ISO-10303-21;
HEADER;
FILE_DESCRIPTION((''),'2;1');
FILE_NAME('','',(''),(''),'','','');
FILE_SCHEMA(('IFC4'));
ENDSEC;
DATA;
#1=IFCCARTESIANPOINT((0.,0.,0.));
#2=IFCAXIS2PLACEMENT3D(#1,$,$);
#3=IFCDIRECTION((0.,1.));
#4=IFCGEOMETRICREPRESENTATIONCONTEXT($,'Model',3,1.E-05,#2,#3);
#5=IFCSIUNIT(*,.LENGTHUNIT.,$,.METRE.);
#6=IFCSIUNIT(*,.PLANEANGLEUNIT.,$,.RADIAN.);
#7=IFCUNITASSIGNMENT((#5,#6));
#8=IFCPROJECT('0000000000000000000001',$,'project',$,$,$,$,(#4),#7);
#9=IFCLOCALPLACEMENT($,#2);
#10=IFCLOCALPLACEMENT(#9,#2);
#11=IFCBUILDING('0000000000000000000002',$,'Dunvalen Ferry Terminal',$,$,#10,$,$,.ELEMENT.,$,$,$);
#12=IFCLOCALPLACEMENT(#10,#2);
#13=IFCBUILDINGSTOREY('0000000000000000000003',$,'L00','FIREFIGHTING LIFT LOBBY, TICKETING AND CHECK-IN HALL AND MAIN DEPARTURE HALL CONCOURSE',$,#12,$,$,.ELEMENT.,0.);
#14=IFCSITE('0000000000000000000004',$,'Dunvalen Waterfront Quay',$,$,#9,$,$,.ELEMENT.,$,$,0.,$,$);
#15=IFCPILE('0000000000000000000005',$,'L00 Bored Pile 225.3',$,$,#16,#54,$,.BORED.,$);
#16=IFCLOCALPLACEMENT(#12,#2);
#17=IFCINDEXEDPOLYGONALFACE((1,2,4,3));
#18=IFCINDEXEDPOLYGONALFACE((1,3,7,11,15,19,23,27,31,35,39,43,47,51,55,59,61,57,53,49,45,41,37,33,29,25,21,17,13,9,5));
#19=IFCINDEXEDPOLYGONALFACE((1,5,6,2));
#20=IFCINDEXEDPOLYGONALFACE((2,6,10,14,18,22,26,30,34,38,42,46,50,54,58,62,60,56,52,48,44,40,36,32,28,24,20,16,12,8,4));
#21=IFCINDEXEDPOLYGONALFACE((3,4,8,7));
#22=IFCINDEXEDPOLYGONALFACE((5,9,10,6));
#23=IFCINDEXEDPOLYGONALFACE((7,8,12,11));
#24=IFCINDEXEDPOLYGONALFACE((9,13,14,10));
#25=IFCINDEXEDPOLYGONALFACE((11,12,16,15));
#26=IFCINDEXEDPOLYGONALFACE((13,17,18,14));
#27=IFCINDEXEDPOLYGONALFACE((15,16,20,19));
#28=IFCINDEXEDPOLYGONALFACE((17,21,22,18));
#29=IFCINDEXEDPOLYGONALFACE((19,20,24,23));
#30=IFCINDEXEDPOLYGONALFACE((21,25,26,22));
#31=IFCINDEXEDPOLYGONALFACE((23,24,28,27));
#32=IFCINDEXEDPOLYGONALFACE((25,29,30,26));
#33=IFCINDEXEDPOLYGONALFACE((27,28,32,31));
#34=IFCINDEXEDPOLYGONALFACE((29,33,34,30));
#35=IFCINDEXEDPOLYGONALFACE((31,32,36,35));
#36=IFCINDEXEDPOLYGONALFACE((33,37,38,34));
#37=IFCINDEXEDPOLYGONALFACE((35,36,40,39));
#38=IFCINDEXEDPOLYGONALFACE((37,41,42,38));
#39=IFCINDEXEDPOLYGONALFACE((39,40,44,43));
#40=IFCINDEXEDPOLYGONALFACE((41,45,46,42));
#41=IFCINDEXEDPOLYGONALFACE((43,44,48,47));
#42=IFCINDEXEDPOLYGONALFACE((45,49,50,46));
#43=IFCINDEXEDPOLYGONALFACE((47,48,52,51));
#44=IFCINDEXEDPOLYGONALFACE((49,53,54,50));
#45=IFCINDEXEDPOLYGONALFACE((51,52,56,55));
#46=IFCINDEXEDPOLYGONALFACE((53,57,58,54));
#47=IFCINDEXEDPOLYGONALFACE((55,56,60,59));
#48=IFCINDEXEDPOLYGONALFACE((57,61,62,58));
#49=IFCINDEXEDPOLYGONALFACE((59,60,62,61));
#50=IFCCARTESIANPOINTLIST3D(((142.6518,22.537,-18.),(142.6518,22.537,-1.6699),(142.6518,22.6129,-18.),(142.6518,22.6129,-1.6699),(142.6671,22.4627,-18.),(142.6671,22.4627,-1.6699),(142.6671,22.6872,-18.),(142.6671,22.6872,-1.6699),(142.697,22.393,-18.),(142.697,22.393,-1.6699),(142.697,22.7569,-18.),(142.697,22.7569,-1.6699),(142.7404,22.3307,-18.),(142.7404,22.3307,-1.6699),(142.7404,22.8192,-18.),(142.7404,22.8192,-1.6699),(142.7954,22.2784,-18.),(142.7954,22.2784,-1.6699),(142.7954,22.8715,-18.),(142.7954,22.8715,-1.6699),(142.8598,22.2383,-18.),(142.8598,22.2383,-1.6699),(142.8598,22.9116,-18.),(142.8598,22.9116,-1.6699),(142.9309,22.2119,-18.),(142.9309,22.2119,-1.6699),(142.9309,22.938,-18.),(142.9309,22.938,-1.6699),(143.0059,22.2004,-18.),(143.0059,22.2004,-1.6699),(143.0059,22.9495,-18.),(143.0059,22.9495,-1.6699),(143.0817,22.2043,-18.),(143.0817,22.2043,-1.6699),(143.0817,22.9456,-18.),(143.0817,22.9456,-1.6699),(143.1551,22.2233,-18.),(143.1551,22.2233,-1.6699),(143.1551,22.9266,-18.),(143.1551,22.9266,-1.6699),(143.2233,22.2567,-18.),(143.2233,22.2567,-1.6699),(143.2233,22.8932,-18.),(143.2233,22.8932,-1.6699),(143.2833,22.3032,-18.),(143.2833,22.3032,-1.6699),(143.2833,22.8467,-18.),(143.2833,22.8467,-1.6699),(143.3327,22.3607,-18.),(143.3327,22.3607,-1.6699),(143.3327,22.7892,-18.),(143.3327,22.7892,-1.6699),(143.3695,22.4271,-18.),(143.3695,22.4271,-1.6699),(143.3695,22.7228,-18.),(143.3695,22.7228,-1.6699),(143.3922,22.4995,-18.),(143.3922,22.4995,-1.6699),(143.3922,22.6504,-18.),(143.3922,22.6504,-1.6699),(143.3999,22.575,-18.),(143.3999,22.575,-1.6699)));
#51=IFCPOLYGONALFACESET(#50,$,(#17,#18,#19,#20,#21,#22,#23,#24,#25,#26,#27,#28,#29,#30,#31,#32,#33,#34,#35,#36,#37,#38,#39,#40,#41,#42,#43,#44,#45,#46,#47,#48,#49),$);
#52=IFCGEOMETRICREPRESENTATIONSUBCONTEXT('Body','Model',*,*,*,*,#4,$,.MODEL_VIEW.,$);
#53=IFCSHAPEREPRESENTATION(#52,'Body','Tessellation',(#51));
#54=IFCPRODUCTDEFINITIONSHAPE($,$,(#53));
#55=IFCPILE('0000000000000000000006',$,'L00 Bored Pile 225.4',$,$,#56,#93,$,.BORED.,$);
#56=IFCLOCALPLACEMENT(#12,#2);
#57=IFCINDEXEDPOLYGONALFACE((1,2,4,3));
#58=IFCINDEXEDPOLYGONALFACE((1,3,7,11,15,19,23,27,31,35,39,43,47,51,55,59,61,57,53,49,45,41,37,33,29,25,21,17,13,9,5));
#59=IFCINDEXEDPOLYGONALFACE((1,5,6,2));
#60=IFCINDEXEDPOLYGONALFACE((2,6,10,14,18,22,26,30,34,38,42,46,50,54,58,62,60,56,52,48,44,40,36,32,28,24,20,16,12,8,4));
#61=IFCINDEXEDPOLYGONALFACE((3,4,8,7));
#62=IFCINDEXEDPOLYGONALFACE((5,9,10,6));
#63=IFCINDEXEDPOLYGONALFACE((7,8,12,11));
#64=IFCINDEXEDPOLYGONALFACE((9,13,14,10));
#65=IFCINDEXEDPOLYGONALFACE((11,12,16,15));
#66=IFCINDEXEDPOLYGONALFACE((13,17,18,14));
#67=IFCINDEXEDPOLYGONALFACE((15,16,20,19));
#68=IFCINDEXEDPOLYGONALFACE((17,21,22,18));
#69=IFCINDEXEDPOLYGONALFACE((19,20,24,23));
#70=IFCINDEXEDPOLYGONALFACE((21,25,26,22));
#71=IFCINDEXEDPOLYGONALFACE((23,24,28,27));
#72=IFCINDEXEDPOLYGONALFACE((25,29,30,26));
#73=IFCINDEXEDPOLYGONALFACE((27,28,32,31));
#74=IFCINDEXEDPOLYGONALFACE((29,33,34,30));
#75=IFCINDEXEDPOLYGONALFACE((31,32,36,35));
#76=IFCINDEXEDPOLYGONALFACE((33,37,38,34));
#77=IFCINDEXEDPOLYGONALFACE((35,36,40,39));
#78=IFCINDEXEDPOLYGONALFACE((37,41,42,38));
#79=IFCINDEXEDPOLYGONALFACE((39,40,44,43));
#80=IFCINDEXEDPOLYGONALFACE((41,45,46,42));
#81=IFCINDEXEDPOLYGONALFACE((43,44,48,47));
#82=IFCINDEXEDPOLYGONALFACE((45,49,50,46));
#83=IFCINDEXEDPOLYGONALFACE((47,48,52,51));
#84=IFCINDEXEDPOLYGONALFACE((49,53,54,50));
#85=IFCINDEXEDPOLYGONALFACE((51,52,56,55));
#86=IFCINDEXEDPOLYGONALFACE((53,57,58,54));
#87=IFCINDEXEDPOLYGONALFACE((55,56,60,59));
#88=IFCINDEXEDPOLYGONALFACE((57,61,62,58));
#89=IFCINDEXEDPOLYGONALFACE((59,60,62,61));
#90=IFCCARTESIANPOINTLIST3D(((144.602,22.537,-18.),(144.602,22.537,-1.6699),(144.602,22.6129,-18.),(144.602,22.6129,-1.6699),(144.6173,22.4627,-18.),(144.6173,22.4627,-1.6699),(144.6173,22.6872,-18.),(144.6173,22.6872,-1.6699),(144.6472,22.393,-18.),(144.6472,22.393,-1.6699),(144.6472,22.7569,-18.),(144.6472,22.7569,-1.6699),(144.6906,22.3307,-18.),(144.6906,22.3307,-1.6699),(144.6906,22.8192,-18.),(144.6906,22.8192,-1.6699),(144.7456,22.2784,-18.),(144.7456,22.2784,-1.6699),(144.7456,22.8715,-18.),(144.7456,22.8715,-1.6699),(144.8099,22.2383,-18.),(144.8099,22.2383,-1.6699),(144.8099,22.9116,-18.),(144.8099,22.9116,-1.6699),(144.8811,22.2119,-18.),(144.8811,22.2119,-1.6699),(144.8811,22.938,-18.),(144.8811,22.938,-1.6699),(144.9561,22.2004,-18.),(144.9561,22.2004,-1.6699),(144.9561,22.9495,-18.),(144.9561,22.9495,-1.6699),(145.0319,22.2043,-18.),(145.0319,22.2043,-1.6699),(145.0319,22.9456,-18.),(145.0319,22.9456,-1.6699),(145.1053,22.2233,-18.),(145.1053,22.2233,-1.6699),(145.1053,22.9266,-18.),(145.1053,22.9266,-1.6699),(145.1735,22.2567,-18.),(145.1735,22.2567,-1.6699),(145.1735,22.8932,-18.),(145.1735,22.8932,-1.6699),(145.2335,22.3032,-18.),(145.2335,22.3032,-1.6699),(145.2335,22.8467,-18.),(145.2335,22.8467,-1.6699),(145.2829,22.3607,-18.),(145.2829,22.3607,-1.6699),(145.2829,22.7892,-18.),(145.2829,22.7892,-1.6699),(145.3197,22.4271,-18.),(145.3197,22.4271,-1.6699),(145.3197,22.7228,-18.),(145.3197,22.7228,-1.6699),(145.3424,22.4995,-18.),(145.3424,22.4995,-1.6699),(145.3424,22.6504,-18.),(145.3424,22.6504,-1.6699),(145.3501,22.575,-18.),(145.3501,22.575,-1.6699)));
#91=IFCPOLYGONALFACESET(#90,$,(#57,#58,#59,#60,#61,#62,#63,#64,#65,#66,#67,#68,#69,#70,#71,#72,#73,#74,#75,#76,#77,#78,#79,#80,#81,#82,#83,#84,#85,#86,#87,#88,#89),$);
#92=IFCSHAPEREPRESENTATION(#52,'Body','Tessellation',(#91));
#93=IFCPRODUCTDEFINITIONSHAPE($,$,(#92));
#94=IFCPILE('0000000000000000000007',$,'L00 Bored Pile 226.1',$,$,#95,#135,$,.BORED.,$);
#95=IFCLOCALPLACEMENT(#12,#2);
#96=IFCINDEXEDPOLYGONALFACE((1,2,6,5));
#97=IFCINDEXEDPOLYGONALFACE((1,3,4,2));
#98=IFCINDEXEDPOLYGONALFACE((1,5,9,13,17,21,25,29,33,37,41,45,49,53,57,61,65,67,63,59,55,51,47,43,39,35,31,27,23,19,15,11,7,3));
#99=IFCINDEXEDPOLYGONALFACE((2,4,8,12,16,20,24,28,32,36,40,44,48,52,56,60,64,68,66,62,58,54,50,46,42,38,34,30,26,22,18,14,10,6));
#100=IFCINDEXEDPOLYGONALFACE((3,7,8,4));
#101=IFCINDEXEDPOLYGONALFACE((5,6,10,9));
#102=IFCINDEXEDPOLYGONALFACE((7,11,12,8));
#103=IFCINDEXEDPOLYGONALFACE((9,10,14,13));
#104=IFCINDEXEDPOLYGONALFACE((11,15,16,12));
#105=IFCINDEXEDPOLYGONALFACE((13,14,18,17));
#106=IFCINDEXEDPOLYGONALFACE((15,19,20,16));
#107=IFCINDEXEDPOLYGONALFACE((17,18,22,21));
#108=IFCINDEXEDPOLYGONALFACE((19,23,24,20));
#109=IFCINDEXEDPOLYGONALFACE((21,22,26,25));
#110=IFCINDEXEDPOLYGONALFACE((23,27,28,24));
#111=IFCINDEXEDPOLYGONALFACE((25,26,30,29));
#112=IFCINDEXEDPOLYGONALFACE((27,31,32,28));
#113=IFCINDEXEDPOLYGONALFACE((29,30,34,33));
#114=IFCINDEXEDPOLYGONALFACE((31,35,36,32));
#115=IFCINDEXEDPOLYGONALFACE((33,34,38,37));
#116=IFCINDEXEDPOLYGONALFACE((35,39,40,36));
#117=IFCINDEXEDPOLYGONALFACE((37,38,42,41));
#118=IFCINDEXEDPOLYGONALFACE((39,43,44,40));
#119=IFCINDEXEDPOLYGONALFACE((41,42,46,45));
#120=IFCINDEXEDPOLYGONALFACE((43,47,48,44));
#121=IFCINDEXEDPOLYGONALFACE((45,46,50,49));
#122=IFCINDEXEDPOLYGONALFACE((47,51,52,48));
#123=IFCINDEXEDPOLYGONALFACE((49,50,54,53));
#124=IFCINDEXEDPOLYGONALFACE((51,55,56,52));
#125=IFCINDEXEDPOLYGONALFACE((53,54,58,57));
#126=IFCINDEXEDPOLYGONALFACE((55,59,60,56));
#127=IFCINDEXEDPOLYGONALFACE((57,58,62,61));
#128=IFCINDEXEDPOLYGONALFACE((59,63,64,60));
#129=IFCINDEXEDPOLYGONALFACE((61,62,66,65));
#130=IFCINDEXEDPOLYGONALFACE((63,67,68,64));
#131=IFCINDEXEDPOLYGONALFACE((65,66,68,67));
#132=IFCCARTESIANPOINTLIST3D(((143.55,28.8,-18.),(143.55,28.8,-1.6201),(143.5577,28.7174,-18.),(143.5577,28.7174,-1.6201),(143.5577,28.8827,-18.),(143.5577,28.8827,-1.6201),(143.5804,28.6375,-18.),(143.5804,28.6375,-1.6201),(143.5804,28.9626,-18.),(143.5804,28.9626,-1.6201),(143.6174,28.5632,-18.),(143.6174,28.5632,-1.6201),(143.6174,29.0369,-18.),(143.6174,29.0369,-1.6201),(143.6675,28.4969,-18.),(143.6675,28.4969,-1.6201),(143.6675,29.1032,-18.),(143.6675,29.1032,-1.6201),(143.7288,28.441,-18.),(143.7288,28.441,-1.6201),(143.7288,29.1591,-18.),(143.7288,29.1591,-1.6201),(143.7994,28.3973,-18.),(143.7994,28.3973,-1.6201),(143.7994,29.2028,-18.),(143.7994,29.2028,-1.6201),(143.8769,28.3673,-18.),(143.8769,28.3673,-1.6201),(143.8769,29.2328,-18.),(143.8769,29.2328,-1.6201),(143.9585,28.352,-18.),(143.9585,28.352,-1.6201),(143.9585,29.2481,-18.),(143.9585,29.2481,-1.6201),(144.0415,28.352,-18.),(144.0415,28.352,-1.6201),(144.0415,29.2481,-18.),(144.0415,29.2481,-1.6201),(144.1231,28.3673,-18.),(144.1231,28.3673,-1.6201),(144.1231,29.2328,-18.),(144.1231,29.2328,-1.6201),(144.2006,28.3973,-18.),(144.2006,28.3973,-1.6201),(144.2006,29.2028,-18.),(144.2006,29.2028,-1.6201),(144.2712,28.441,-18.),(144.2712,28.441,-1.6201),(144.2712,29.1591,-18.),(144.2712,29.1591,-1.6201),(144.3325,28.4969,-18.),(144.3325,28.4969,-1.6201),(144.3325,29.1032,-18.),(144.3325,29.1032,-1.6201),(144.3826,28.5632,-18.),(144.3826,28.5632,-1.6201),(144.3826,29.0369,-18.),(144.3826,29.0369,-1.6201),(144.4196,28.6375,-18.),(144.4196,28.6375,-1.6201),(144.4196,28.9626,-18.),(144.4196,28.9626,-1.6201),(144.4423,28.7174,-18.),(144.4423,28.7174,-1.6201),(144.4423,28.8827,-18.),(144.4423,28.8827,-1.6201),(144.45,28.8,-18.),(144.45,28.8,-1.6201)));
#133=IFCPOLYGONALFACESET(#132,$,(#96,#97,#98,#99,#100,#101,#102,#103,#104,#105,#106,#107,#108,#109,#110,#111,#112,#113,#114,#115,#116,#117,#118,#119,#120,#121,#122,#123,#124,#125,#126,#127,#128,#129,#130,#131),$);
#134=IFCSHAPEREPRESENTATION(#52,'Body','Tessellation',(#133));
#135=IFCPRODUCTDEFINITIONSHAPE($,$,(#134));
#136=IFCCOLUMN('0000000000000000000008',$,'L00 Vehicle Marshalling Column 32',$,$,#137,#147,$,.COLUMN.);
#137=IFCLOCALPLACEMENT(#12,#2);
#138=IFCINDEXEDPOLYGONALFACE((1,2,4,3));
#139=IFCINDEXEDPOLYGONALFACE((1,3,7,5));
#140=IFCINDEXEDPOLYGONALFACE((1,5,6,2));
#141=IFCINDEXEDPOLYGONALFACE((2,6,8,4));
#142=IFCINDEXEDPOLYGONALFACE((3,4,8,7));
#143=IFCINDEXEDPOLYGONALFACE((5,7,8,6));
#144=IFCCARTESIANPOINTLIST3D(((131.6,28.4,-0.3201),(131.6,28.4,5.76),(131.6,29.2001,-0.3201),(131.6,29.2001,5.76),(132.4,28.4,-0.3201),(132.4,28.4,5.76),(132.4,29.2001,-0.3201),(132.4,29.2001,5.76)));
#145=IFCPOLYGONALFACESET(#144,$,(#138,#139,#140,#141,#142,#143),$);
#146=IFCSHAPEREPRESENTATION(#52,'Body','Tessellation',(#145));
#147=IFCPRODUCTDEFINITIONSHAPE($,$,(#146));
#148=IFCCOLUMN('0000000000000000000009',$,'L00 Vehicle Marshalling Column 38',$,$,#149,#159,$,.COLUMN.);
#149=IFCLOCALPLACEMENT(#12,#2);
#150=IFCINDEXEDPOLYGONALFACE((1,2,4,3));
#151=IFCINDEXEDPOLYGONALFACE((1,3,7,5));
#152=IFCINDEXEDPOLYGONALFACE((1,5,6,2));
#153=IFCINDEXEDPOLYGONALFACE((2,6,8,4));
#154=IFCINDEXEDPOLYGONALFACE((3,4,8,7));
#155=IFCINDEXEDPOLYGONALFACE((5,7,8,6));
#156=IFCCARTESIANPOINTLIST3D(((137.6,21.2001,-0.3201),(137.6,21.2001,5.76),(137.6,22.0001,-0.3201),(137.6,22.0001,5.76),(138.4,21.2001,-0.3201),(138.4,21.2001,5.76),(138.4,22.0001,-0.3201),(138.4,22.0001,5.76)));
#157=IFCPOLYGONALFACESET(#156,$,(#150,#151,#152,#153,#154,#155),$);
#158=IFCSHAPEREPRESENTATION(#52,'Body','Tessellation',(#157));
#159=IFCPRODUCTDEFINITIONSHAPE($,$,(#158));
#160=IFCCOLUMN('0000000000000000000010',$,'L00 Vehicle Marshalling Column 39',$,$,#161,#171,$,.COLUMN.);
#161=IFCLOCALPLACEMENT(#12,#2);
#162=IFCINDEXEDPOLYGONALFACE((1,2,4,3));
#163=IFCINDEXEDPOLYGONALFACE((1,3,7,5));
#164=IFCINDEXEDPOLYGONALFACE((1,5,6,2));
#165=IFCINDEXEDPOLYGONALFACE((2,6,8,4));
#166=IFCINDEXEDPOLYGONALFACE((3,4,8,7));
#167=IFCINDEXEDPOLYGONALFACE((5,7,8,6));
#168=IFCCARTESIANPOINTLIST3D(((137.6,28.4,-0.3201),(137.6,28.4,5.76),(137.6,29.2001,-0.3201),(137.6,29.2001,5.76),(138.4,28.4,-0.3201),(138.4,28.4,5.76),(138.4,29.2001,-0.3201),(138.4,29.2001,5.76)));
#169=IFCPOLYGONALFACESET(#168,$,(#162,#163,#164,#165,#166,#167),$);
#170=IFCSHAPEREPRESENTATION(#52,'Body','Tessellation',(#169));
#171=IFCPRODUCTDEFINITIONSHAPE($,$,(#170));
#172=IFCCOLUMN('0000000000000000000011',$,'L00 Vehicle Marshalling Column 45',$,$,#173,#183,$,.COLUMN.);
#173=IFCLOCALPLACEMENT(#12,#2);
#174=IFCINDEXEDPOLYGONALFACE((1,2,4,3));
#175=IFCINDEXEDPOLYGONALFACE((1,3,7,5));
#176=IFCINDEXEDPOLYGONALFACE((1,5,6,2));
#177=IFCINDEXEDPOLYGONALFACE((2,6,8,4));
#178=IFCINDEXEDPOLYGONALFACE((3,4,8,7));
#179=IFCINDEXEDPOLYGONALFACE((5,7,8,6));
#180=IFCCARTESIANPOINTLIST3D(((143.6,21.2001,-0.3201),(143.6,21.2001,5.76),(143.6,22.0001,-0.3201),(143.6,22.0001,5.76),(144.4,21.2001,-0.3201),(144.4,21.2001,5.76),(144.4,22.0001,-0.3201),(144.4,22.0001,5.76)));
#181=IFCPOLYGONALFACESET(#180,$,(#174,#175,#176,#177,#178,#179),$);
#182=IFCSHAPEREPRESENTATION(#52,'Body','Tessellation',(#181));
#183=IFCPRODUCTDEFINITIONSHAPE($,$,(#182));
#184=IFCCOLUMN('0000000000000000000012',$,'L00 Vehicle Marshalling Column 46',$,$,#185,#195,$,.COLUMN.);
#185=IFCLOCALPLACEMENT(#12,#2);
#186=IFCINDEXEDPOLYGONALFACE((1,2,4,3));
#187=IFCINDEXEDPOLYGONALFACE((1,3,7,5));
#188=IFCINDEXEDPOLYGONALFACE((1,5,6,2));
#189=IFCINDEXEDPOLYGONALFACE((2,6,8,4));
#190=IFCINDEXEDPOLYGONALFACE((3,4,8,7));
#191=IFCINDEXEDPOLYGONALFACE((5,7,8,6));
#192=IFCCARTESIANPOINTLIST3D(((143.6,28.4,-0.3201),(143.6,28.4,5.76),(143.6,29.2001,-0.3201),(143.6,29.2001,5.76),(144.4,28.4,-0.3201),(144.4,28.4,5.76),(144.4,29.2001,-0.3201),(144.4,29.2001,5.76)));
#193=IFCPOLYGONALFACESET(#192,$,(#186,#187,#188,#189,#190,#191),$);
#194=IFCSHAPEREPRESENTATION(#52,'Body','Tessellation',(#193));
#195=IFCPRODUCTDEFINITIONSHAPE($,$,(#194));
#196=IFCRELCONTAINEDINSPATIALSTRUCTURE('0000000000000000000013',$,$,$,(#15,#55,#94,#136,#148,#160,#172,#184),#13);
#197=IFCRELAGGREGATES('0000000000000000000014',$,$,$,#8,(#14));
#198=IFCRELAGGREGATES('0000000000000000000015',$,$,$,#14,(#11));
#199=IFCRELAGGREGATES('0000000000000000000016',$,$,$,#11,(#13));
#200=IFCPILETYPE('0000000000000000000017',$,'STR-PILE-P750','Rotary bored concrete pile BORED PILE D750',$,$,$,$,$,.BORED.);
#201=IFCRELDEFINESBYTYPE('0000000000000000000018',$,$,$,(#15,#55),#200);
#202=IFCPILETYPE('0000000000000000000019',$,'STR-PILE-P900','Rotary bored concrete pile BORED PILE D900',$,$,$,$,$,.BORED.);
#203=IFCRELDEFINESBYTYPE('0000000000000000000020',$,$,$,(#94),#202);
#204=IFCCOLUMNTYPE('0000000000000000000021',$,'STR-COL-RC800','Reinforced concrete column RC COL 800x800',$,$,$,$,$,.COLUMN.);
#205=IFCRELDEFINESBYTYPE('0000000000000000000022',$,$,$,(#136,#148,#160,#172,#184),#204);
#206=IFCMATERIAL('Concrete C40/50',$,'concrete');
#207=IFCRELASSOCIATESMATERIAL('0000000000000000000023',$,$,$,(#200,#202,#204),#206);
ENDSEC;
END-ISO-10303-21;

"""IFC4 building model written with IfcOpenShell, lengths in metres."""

from ifc_helpers import new_model, si_unit, direction, frame, origin, origin_2d, place, context, subcontext, project, spatial, rectangle, circle, extrude, material, material_profile, profile_set, type_object, element, save


model = new_model("IFC4")

# Units and contexts
model_context = context("Model", 3, precision=1e-05, world=origin(), true_north=direction((0.0, 1.0)))
body_context = subcontext(model_context, "Body", "Model", "MODEL_VIEW")
ifc_project = project(units=[si_unit("LENGTHUNIT", "METRE"), si_unit("PLANEANGLEUNIT", "RADIAN")], contexts=[model_context])

# Site, building, storey
site_placement = place(None, origin())
site = spatial("IfcSite", under=ifc_project, at=site_placement, Name="Dunvalen Waterfront Quay", CompositionType="ELEMENT", RefElevation=0.0)
building_placement = place(site_placement, origin())
building = spatial("IfcBuilding", under=site, at=building_placement, Name="Dunvalen Ferry Terminal", CompositionType="ELEMENT")
storey_placement = place(building_placement, origin())
storey = spatial("IfcBuildingStorey", under=building, at=storey_placement, Name="L00", Description="FIREFIGHTING LIFT LOBBY, TICKETING AND CHECK-IN HALL AND MAIN DEPARTURE HALL CONCOURSE", CompositionType="ELEMENT", Elevation=0.0)

# Shared definitions
ifc_material = material(Name="Concrete C40/50", Category="concrete")

# Piles
ifc_material_profile_1 = material_profile(ifc_material, circle(Radius=0.375, at=origin_2d()), Name="Concrete C40/50")
ifc_profile_set_1 = profile_set([ifc_material_profile_1], Name="Concrete C40/50")
pile_type_1 = type_object("IfcPileType", Name="STR-PILE-P750", Description="Rotary bored concrete pile BORED PILE D750", PredefinedType="BORED", material=ifc_profile_set_1)
for number, where, z_axis, x_axis, name in (
    (1, (143.0249, 22.575, -1.6699), (0.0, 0.0, -1.0), (1.0, 0.0, 0.0), "L00 Bored Pile 225.3"),
    (2, (144.9751, 22.575, -1.6699), (0.0, 0.0, -1.0), (1.0, 0.0, 0.0), "L00 Bored Pile 225.4"),
):
    element("IfcPile", number, at=place(storey_placement, frame(where, z_axis=z_axis, x_axis=x_axis)), inside=storey, type_object=pile_type_1, Name=name, PredefinedType="BORED", context=body_context, shape_type="SweptSolid", body=[
        extrude(circle(Radius=0.375, at=origin_2d()), origin(), (0.0, 0.0, 1.0), 16.3301),
    ])
ifc_material_profile_2 = material_profile(ifc_material, circle(Radius=0.45, at=origin_2d()), Name="Concrete C40/50")
ifc_profile_set_2 = profile_set([ifc_material_profile_2], Name="Concrete C40/50")
pile_type_2 = type_object("IfcPileType", Name="STR-PILE-P900", Description="Rotary bored concrete pile BORED PILE D900", PredefinedType="BORED", material=ifc_profile_set_2)
pile_1_placement = place(storey_placement, frame((144.0, 28.8, -1.6201), z_axis=(0.0, 0.0, -1.0), x_axis=(1.0, 0.0, 0.0)))
element("IfcPile", 3, at=pile_1_placement, inside=storey, type_object=pile_type_2, Name="L00 Bored Pile 226.1", PredefinedType="BORED", context=body_context, shape_type="SweptSolid", body=[
    extrude(circle(Radius=0.45, at=origin_2d()), origin(), (0.0, 0.0, 1.0), 16.3799),
])

# Columns
ifc_material_profile_3 = material_profile(ifc_material, rectangle(XDim=0.8, YDim=0.8, at=origin_2d()), Name="Concrete C40/50")
ifc_profile_set_3 = profile_set([ifc_material_profile_3], Name="Concrete C40/50")
column_type = type_object("IfcColumnType", Name="STR-COL-RC800", Description="Reinforced concrete column RC COL 800x800", PredefinedType="COLUMN", material=ifc_profile_set_3)
for number, where, z_axis, x_axis, name in (
    (4, (132.0, 28.8, -0.3201), (0.0, 0.0, 1.0), (1.0, 0.0, 0.0), "L00 Vehicle Marshalling Column 32"),
    (5, (138.0, 21.6001, -0.3201), (0.0, 0.0, 1.0), (1.0, 0.0, 0.0), "L00 Vehicle Marshalling Column 38"),
    (6, (138.0, 28.8, -0.3201), (0.0, 0.0, 1.0), (1.0, 0.0, 0.0), "L00 Vehicle Marshalling Column 39"),
    (7, (144.0, 21.6001, -0.3201), (0.0, 0.0, 1.0), (1.0, 0.0, 0.0), "L00 Vehicle Marshalling Column 45"),
    (8, (144.0, 28.8, -0.3201), (0.0, 0.0, 1.0), (1.0, 0.0, 0.0), "L00 Vehicle Marshalling Column 46"),
):
    element("IfcColumn", number, at=place(storey_placement, frame(where, z_axis=z_axis, x_axis=x_axis)), inside=storey, type_object=column_type, Name=name, PredefinedType="COLUMN", context=body_context, shape_type="SweptSolid", body=[
        extrude(rectangle(XDim=0.8, YDim=0.8, at=origin_2d()), origin(), (0.0, 0.0, 1.0), 6.0801),
    ])

save(model, "model.ifc")
